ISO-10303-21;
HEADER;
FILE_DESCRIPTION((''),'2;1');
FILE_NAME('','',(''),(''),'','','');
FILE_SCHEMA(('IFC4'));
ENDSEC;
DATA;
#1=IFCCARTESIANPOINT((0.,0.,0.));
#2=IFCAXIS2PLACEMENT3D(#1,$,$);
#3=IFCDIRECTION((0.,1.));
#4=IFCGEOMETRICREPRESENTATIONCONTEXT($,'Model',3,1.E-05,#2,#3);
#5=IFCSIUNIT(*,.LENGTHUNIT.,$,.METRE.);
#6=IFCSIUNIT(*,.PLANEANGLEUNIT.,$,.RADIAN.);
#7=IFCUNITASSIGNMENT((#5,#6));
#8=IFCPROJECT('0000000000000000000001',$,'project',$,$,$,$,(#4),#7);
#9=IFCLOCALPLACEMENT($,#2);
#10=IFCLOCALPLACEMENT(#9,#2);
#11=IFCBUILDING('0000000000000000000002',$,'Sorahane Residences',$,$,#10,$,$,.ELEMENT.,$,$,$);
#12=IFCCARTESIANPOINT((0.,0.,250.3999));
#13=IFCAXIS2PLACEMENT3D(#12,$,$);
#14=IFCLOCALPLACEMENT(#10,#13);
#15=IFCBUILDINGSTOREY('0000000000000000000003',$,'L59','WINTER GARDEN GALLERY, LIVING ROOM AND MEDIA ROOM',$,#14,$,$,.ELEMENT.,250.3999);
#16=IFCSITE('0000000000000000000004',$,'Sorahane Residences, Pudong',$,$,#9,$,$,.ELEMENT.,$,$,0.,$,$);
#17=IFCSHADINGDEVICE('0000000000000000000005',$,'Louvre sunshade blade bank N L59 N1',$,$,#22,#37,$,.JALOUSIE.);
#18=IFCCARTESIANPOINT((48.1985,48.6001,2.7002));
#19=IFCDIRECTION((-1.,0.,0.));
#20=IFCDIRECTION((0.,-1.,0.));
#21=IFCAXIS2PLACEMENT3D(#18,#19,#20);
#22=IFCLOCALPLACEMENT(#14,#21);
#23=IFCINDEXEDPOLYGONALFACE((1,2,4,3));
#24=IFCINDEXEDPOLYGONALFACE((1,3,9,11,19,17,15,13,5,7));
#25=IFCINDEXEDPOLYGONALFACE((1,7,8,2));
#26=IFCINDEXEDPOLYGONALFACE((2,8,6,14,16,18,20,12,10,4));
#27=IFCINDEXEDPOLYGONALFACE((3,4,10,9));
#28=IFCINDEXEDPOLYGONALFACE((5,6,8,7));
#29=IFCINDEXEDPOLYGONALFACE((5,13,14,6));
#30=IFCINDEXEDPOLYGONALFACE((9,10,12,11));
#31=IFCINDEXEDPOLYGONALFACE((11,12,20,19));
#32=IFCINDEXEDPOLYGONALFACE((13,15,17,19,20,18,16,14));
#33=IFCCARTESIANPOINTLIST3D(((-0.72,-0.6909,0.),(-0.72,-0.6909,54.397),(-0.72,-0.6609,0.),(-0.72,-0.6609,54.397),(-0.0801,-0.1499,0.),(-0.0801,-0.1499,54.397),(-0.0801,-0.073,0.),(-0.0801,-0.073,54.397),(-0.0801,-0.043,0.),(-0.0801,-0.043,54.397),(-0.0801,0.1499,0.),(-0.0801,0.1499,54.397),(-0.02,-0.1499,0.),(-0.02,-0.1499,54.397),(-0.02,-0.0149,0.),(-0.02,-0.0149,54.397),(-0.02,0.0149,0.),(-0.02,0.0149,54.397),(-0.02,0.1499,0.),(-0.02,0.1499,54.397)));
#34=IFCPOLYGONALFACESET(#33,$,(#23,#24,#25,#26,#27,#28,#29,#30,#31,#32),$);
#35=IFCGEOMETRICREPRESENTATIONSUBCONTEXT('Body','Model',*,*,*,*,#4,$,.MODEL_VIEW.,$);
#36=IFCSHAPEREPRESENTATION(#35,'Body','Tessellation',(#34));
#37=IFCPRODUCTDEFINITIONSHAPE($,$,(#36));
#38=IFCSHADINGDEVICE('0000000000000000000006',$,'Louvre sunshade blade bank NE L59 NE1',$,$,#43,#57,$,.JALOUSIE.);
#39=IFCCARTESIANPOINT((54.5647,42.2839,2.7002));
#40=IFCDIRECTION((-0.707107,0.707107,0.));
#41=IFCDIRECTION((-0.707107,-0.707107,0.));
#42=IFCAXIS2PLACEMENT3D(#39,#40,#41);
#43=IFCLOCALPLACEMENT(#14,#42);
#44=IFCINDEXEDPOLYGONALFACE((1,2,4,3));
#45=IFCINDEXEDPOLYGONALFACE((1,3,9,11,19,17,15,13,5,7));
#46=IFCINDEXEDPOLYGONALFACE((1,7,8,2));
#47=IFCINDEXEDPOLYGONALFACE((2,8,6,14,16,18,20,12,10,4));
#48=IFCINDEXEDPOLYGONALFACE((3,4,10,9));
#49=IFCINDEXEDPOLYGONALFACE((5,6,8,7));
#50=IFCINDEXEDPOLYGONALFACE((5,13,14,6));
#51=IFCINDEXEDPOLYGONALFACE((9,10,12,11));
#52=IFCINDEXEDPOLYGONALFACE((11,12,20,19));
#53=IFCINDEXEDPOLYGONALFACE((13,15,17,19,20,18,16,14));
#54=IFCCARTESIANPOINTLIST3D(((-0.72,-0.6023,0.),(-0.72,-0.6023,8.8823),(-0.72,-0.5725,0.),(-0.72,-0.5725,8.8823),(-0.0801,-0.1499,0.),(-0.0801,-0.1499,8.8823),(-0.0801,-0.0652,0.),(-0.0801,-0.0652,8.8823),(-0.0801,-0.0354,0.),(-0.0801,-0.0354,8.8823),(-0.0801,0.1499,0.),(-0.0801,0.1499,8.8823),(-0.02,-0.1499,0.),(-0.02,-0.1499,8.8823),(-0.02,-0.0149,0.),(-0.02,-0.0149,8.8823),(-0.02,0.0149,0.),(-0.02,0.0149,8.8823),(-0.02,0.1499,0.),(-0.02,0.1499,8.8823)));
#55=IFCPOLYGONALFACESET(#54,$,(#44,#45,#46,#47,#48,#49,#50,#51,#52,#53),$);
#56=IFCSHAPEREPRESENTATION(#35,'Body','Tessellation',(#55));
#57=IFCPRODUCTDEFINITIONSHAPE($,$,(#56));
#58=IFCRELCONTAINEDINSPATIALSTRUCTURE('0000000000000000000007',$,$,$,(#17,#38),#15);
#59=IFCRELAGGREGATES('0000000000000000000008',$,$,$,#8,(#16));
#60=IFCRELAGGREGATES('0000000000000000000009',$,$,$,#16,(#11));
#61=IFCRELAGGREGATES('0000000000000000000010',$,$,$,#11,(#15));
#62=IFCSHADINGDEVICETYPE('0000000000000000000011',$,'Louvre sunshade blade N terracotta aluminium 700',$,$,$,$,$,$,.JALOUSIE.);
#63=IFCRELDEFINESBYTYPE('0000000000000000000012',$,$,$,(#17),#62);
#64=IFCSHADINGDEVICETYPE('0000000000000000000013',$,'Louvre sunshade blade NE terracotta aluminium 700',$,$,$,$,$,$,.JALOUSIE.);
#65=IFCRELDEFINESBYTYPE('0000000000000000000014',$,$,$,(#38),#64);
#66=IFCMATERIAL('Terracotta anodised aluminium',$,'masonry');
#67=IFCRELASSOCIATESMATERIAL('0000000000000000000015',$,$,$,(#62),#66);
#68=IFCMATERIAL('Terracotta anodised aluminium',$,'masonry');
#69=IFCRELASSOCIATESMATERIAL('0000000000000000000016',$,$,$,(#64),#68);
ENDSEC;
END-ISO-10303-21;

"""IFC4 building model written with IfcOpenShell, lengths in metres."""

from ifc_helpers import new_model, si_unit, direction, frame, origin, place, context, subcontext, project, spatial, polyline, outline, extrude, material, type_object, element, save


model = new_model("IFC4")

# Units and contexts
model_context = context("Model", 3, precision=1e-05, world=origin(), true_north=direction((0.0, 1.0)))
body_context = subcontext(model_context, "Body", "Model", "MODEL_VIEW")
ifc_project = project(units=[si_unit("LENGTHUNIT", "METRE"), si_unit("PLANEANGLEUNIT", "RADIAN")], contexts=[model_context])

# Site, building, storey
site_placement = place(None, origin())
site = spatial("IfcSite", under=ifc_project, at=site_placement, Name="Sorahane Residences, Pudong", CompositionType="ELEMENT", RefElevation=0.0)
building_placement = place(site_placement, origin())
building = spatial("IfcBuilding", under=site, at=building_placement, Name="Sorahane Residences", CompositionType="ELEMENT")
storey_placement = place(building_placement, frame((0.0, 0.0, 250.3999)))
storey = spatial("IfcBuildingStorey", under=building, at=storey_placement, Name="L59", Description="WINTER GARDEN GALLERY, LIVING ROOM AND MEDIA ROOM", CompositionType="ELEMENT", Elevation=250.3999)

# Shading devices
ifc_material_1 = material(Name="Terracotta anodised aluminium", Category="masonry")
shading_device_type_1 = type_object("IfcShadingDeviceType", Name="Louvre sunshade blade N terracotta aluminium 700", PredefinedType="JALOUSIE", material=ifc_material_1)
shading_device_1_placement = place(storey_placement, frame((48.1985, 48.6001, 2.7002), z_axis=(-1.0, 0.0, 0.0), x_axis=(0.0, -1.0, 0.0)))
element("IfcShadingDevice", 1, at=shading_device_1_placement, inside=storey, type_object=shading_device_type_1, Name="Louvre sunshade blade bank N L59 N1", PredefinedType="JALOUSIE", context=body_context, shape_type="SweptSolid", body=[
    extrude(outline(polyline([(-0.72, -0.6609), (-0.72, -0.6909), (-0.0801, -0.073), (-0.0801, -0.1499), (-0.02, -0.1499), (-0.02, -0.0149), (-0.02, 0.0149), (-0.02, 0.1499), (-0.0801, 0.1499), (-0.0801, -0.043), (-0.72, -0.6609)])), origin(), (0.0, 0.0, 1.0), 54.397),
])
ifc_material_2 = material(Name="Terracotta anodised aluminium", Category="masonry")
shading_device_type_2 = type_object("IfcShadingDeviceType", Name="Louvre sunshade blade NE terracotta aluminium 700", PredefinedType="JALOUSIE", material=ifc_material_2)
shading_device_2_placement = place(storey_placement, frame((54.5647, 42.2839, 2.7002), z_axis=(-0.707107, 0.707107, 0.0), x_axis=(-0.707107, -0.707107, 0.0)))
element("IfcShadingDevice", 2, at=shading_device_2_placement, inside=storey, type_object=shading_device_type_2, Name="Louvre sunshade blade bank NE L59 NE1", PredefinedType="JALOUSIE", context=body_context, shape_type="SweptSolid", body=[
    extrude(outline(polyline([(-0.72, -0.5725), (-0.72, -0.6023), (-0.0801, -0.0652), (-0.0801, -0.1499), (-0.02, -0.1499), (-0.02, -0.0149), (-0.02, 0.0149), (-0.02, 0.1499), (-0.0801, 0.1499), (-0.0801, -0.0354), (-0.72, -0.5725)])), origin(), (0.0, 0.0, 1.0), 8.8823),
])

save(model, "model.ifc")
